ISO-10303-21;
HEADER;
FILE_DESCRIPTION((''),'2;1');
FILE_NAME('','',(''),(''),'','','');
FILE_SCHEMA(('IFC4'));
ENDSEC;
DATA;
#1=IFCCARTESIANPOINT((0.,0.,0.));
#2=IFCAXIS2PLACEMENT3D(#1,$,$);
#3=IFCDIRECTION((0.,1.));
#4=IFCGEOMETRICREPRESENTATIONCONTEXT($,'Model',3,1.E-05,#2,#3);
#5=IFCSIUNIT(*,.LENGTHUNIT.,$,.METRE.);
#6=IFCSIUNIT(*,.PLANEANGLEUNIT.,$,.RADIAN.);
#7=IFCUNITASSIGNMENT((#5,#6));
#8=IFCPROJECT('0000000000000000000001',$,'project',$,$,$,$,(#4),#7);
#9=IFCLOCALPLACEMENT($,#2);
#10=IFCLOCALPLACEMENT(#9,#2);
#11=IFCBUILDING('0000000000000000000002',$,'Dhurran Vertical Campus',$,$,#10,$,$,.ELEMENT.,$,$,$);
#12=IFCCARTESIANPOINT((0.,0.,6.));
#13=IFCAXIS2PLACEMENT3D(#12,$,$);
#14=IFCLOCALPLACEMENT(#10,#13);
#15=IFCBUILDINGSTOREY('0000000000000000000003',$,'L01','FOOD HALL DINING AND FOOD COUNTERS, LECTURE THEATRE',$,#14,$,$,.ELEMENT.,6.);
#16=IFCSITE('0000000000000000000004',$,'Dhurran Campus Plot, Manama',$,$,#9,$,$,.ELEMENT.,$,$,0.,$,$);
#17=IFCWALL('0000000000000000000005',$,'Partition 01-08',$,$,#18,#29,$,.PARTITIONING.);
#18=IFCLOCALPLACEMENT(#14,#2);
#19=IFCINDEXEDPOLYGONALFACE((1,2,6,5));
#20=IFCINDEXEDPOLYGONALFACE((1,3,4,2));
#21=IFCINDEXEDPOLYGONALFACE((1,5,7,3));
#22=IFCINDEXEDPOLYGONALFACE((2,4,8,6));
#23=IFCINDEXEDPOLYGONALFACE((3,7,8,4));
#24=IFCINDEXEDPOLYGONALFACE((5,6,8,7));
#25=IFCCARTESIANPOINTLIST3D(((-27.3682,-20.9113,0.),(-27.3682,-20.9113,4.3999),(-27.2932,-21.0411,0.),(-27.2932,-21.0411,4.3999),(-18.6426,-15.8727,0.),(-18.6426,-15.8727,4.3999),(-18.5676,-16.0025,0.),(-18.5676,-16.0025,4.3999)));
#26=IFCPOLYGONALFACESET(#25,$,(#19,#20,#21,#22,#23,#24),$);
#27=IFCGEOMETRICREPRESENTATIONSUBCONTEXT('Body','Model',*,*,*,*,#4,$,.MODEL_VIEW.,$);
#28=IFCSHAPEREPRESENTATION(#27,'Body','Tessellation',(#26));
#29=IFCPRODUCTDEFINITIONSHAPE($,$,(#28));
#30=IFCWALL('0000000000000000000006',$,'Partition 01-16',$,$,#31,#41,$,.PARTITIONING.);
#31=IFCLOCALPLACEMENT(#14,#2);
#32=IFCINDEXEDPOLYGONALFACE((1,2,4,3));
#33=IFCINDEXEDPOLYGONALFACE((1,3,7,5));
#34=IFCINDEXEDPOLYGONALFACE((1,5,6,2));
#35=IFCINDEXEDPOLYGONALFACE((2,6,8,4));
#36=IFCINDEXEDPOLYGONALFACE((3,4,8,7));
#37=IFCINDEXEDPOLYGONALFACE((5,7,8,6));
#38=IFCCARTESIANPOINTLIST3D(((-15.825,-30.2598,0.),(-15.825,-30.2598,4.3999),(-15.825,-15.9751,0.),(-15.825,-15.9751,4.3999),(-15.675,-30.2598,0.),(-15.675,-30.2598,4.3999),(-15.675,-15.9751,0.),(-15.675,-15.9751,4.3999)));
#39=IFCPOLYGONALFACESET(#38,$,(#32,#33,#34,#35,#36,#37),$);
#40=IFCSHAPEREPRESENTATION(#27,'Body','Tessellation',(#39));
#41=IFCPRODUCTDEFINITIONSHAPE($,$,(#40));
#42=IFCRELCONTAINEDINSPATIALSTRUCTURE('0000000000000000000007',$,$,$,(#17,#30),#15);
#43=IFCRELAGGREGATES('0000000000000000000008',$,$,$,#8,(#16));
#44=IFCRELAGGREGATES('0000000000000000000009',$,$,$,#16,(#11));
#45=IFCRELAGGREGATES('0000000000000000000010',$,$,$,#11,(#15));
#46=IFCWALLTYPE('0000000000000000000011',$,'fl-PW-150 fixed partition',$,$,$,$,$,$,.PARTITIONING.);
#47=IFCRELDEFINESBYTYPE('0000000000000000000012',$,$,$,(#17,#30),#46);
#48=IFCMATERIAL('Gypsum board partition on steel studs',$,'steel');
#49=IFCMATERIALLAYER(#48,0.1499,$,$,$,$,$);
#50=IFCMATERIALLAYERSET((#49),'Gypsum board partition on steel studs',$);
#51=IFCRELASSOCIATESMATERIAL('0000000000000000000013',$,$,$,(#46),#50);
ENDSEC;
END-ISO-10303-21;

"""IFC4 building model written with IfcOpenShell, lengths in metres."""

from ifc_helpers import new_model, si_unit, direction, frame, frame_2d, origin, place, context, subcontext, project, spatial, rectangle, extrude, material, layer, layer_set, type_object, element, save


model = new_model("IFC4")

# Units and contexts
model_context = context("Model", 3, precision=1e-05, world=origin(), true_north=direction((0.0, 1.0)))
body_context = subcontext(model_context, "Body", "Model", "MODEL_VIEW")
ifc_project = project(units=[si_unit("LENGTHUNIT", "METRE"), si_unit("PLANEANGLEUNIT", "RADIAN")], contexts=[model_context])

# Site, building, storey
site_placement = place(None, origin())
site = spatial("IfcSite", under=ifc_project, at=site_placement, Name="Dhurran Campus Plot, Manama", CompositionType="ELEMENT", RefElevation=0.0)
building_placement = place(site_placement, origin())
building = spatial("IfcBuilding", under=site, at=building_placement, Name="Dhurran Vertical Campus", CompositionType="ELEMENT")
storey_placement = place(building_placement, frame((0.0, 0.0, 6.0)))
storey = spatial("IfcBuildingStorey", under=building, at=storey_placement, Name="L01", Description="FOOD HALL DINING AND FOOD COUNTERS, LECTURE THEATRE", CompositionType="ELEMENT", Elevation=6.0)

# Walls
ifc_material_1 = material(Name="Gypsum board partition on steel studs", Category="steel")
ifc_layer_1 = layer(ifc_material_1, 0.1499)
ifc_layer_set_1 = layer_set([ifc_layer_1], Name="Gypsum board partition on steel studs")
wall_type_1 = type_object("IfcWallType", Name="fl-PW-150 fixed partition", PredefinedType="PARTITIONING", material=ifc_layer_set_1)
wall_1_placement = place(storey_placement, frame((-18.605, -15.9375, 0.0), z_axis=(0.0, 0.0, 1.0), x_axis=(-0.865989, -0.500064, 0.0)))
element("IfcWall", 1, at=wall_1_placement, inside=storey, type_object=wall_type_1, Name="Partition 01-08", PredefinedType="PARTITIONING", context=body_context, shape_type="SweptSolid", body=[
    extrude(rectangle(XDim=10.0759, YDim=0.1499, at=frame_2d((5.0381, 0.0))), origin(), (0.0, 0.0, 1.0), 4.3999),
])
wall_2_placement = place(storey_placement, frame((-15.75, -15.9751, 0.0), z_axis=(0.0, 0.0, 1.0), x_axis=(0.0, -1.0, 0.0)))
element("IfcWall", 2, at=wall_2_placement, inside=storey, type_object=wall_type_1, Name="Partition 01-16", PredefinedType="PARTITIONING", context=body_context, shape_type="SweptSolid", body=[
    extrude(rectangle(XDim=14.2847, YDim=0.1499, at=frame_2d((7.1423, 0.0))), origin(), (0.0, 0.0, 1.0), 4.3999),
])

save(model, "model.ifc")
